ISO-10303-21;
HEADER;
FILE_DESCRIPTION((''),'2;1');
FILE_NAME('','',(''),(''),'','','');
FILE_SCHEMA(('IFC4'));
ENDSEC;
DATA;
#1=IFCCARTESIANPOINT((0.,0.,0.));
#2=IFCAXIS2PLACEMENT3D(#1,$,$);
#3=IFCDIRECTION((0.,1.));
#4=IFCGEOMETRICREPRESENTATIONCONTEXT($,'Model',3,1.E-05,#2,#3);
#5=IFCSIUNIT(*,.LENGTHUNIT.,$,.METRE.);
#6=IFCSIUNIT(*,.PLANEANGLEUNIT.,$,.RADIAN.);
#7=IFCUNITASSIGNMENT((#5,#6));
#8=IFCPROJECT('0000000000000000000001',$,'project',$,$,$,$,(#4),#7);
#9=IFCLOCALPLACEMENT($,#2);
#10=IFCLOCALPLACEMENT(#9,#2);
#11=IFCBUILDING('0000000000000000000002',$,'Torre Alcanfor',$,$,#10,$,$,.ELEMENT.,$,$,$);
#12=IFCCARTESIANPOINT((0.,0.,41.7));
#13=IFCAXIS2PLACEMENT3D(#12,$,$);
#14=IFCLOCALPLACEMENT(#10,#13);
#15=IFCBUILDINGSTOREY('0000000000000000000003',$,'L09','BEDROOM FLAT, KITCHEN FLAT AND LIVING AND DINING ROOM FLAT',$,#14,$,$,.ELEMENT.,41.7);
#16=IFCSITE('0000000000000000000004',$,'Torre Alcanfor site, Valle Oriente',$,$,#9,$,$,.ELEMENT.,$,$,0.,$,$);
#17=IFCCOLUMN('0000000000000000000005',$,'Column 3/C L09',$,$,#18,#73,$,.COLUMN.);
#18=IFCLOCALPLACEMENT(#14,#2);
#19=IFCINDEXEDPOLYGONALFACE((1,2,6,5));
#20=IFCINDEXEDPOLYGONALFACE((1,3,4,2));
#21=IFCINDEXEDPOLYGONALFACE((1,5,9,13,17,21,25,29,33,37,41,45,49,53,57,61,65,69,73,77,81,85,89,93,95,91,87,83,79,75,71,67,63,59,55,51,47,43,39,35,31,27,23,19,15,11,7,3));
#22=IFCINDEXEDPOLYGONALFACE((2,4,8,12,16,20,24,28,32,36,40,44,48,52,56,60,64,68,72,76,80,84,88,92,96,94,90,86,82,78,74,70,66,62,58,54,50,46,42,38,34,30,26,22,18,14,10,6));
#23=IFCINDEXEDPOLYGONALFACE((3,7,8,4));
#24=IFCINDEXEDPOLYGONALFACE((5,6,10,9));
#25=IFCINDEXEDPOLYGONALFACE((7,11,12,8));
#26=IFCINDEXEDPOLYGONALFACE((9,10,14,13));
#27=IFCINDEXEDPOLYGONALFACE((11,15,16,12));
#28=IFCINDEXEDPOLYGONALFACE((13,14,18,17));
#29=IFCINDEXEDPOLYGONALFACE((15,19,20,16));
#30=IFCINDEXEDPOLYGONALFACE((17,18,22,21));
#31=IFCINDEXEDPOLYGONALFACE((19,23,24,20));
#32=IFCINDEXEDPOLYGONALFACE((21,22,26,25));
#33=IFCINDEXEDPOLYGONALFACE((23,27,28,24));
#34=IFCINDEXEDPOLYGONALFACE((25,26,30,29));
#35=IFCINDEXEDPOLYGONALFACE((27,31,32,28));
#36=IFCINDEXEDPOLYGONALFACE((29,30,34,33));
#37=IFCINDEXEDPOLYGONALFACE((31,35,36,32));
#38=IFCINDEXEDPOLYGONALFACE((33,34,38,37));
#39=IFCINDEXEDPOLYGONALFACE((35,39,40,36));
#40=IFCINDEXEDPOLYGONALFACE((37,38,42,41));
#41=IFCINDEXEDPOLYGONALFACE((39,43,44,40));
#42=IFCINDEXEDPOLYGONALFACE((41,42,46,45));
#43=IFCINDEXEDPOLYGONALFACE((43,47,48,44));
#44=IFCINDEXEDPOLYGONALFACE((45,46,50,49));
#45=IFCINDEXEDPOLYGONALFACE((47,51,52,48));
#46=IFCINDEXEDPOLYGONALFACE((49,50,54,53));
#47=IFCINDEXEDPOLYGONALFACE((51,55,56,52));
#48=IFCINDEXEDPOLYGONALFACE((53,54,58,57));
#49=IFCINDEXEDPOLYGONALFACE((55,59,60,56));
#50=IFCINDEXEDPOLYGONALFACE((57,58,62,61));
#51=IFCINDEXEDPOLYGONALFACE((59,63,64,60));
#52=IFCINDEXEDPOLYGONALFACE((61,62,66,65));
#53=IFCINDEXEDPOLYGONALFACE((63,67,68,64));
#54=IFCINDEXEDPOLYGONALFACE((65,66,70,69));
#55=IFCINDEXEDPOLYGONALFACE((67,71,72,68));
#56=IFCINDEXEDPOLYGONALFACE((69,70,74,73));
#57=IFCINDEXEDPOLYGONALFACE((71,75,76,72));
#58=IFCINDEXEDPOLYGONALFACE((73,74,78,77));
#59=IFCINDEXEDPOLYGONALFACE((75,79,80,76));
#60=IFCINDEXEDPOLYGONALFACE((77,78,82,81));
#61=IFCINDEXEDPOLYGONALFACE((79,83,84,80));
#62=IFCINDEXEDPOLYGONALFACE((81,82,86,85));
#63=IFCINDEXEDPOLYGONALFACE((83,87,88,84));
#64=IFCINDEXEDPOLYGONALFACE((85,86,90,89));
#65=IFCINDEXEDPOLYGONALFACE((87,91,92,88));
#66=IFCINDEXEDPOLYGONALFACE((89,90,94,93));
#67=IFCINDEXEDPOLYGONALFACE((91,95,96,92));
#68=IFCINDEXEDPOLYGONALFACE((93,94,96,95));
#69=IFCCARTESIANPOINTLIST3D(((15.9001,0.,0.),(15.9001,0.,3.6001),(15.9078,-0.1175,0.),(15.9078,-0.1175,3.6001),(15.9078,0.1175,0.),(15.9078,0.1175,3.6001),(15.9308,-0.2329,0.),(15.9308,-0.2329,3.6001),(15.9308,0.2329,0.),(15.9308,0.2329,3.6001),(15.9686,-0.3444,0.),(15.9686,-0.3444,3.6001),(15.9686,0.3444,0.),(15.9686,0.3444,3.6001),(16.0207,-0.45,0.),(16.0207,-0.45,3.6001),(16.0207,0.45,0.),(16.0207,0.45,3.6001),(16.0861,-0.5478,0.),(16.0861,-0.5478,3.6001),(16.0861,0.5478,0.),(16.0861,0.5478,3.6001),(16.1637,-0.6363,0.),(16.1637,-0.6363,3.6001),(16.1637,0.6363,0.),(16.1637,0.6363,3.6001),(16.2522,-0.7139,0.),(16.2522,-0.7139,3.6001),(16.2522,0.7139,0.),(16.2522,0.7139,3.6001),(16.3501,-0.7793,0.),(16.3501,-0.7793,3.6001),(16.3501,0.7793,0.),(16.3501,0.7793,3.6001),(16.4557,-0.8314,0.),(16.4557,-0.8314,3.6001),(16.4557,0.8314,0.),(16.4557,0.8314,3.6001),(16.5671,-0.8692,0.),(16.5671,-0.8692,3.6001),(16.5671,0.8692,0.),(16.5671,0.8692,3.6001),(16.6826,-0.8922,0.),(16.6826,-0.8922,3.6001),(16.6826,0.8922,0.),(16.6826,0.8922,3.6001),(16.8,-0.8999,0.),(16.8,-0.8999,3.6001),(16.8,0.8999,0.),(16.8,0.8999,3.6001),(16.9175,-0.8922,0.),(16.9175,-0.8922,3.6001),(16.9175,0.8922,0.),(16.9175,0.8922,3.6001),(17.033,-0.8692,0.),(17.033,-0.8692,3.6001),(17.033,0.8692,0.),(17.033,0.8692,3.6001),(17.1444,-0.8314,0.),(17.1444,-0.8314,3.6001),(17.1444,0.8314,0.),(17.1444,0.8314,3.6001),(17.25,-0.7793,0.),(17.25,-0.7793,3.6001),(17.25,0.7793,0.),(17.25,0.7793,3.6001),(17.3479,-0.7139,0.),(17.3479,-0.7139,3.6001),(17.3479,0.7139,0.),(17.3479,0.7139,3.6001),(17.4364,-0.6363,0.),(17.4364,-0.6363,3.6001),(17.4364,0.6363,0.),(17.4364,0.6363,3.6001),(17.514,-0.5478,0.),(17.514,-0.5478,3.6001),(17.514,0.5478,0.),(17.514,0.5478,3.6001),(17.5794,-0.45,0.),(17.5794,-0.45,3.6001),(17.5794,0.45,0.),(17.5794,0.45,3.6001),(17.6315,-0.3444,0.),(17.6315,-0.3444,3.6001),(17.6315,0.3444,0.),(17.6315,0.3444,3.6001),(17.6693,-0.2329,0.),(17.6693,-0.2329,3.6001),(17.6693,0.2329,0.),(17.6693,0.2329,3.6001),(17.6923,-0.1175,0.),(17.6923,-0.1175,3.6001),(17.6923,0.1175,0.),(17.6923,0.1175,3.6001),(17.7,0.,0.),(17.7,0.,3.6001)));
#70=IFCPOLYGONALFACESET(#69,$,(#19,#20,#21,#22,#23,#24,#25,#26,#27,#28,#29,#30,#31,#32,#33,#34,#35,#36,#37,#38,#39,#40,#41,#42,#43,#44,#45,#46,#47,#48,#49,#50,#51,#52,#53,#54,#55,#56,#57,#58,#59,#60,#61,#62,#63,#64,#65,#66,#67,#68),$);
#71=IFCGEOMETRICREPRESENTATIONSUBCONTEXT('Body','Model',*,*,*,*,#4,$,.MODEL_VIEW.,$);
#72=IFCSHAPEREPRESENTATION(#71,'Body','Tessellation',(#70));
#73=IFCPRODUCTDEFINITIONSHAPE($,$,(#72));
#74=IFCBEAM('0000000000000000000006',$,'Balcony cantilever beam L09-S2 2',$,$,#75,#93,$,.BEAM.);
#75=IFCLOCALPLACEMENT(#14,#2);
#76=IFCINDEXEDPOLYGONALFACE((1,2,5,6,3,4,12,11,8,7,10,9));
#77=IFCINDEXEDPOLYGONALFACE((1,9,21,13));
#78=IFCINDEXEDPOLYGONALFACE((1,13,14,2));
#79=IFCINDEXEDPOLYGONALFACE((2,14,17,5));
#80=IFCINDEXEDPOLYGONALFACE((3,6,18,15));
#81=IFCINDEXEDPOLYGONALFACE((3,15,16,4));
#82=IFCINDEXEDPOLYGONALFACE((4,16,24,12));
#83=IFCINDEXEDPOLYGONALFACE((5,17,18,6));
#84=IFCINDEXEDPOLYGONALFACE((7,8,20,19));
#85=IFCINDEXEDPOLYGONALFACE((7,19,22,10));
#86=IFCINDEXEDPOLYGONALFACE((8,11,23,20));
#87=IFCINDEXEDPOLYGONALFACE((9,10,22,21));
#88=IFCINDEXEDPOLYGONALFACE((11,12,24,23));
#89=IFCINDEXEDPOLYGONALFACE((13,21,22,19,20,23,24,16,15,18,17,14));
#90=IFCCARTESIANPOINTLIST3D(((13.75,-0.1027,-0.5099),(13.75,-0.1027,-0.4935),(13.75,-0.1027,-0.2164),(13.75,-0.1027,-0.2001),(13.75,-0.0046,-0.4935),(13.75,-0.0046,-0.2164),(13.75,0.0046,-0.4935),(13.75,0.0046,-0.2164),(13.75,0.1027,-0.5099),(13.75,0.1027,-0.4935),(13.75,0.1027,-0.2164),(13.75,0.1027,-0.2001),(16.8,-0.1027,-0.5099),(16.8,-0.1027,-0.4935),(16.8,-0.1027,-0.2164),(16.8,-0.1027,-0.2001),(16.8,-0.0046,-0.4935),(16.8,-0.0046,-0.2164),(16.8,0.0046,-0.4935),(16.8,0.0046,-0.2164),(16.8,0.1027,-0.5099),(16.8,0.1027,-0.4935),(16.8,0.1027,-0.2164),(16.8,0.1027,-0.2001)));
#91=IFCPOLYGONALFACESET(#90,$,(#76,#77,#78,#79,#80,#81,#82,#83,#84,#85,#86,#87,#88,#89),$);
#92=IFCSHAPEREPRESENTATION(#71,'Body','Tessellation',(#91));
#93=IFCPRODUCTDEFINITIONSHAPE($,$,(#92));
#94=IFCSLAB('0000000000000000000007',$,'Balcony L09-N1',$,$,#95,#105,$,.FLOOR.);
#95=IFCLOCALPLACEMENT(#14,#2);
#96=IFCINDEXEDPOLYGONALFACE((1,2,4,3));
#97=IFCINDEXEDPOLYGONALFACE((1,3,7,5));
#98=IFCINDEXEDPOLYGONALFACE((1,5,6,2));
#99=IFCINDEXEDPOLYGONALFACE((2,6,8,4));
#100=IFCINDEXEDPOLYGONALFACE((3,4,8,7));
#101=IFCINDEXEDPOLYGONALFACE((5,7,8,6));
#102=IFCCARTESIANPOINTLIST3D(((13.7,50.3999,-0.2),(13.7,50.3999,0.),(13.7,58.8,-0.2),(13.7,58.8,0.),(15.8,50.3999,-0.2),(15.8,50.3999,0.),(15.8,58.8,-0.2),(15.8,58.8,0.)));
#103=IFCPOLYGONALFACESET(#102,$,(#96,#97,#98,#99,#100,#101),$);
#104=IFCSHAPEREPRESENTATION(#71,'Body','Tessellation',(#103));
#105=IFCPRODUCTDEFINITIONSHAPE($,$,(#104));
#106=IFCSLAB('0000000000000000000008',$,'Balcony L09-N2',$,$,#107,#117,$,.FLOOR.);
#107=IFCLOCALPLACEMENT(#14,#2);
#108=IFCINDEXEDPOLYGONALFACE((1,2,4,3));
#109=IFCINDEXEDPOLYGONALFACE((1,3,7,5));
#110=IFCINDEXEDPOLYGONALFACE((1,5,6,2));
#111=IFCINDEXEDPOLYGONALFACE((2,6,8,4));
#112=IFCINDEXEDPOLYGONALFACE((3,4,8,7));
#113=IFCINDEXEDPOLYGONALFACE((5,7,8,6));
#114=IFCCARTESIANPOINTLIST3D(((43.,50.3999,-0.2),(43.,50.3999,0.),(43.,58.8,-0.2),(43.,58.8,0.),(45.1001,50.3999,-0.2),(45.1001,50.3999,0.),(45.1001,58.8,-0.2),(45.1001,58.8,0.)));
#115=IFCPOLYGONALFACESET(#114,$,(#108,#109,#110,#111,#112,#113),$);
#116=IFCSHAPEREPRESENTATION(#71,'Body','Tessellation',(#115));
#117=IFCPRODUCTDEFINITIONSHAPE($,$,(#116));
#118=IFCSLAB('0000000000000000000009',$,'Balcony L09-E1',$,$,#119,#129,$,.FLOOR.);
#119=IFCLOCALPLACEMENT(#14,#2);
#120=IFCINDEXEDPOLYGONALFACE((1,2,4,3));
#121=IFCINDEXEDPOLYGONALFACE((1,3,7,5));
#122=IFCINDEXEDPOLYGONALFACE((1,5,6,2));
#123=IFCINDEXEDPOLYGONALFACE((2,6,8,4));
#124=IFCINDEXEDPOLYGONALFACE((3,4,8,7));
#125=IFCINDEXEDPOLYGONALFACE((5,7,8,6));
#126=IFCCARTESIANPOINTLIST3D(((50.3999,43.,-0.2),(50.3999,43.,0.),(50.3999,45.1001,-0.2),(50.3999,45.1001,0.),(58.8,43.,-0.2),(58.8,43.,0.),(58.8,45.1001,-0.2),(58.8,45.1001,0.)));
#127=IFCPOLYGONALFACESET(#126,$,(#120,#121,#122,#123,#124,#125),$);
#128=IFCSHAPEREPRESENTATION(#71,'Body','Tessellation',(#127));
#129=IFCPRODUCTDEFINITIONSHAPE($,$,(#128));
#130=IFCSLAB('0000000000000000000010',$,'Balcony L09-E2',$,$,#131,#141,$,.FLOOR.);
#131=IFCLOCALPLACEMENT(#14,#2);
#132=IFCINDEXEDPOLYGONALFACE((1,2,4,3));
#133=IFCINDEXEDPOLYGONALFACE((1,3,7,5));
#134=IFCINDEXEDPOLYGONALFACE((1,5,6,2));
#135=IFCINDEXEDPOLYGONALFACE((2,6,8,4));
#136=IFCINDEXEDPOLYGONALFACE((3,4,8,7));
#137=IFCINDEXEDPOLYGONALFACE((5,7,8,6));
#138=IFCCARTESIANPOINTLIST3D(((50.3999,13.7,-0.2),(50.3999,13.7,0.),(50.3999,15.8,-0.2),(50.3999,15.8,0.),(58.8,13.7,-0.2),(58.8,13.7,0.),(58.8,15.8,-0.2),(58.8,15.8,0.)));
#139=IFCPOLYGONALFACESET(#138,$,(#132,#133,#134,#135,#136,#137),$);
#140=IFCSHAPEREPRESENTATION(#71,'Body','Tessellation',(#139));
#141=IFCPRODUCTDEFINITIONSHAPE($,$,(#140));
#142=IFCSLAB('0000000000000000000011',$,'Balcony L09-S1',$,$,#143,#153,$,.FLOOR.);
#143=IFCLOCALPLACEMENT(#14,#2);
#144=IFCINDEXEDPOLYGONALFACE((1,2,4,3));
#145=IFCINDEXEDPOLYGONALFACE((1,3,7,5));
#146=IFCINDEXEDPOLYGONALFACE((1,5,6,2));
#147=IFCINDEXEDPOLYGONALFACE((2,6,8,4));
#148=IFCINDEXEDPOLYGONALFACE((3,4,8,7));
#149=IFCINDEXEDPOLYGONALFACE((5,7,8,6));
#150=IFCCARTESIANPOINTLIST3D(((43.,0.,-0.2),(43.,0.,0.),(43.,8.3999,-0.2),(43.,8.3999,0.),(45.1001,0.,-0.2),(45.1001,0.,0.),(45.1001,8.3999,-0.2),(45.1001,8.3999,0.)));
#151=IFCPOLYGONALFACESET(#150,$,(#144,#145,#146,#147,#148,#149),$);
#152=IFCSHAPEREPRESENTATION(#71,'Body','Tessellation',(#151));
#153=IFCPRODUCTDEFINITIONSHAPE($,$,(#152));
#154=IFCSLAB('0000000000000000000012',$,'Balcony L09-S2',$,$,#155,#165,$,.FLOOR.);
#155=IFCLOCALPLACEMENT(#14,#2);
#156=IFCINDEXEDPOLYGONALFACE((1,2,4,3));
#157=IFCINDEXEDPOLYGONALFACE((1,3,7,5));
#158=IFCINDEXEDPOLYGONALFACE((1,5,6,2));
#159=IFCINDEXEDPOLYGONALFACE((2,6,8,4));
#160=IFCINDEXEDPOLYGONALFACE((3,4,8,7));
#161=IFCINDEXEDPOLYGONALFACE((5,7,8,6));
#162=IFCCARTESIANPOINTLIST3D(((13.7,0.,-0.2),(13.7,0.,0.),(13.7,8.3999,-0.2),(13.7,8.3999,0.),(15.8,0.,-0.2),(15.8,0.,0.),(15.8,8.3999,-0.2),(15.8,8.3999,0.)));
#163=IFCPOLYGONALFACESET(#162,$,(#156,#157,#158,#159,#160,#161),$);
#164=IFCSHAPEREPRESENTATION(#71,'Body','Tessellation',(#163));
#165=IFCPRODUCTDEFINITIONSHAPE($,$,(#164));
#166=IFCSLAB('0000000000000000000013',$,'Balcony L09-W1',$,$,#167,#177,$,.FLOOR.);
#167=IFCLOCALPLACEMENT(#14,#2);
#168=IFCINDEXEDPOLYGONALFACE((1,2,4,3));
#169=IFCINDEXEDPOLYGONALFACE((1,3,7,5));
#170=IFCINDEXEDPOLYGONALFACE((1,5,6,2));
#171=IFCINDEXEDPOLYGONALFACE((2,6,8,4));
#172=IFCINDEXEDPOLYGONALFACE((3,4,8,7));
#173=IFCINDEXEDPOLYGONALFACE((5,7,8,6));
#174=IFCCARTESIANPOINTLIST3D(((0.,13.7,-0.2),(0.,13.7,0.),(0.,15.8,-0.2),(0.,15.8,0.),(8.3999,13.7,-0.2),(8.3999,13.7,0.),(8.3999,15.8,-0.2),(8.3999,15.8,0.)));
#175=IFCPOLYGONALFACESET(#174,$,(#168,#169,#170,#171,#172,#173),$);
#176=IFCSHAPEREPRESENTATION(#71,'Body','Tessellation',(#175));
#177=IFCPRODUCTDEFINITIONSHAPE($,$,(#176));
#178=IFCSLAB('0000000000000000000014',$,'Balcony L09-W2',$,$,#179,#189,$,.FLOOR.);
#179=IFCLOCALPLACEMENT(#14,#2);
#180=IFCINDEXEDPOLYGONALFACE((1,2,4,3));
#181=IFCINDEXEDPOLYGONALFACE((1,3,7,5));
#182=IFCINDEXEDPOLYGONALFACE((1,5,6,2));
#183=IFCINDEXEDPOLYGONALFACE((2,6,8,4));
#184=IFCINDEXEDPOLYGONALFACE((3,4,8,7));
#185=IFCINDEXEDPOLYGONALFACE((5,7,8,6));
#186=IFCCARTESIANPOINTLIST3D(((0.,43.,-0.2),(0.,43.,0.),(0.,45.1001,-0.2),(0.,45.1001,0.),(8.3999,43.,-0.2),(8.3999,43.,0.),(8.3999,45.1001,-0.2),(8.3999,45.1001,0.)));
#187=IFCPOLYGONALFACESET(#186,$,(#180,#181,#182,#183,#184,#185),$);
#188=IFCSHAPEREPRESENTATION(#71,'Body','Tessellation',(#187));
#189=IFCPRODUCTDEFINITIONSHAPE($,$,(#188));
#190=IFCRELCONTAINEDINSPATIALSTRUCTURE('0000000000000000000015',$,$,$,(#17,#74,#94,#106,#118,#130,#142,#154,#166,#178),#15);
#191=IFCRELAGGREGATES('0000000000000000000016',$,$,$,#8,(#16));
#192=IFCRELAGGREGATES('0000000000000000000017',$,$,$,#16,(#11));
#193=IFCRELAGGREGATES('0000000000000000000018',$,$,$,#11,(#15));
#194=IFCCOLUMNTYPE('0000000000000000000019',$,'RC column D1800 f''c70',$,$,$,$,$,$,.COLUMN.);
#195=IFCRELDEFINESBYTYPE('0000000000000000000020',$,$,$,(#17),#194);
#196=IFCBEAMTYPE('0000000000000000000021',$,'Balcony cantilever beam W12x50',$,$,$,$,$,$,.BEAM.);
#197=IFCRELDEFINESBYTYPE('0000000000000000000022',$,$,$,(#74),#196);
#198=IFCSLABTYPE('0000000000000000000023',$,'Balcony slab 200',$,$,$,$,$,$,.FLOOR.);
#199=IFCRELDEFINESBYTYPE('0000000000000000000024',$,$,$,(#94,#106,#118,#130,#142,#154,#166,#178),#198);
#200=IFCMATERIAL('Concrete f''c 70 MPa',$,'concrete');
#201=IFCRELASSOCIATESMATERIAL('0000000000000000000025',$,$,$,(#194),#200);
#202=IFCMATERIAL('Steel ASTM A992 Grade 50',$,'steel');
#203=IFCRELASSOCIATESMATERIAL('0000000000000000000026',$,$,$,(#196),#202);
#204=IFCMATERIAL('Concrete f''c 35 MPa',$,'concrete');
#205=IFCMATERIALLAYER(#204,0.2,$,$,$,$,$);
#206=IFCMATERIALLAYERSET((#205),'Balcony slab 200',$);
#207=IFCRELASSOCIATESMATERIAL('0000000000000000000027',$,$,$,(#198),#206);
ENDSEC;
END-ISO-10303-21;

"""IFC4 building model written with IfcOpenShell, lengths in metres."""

from ifc_helpers import new_model, si_unit, direction, frame, origin, origin_2d, place, context, subcontext, project, spatial, polyline, circle, i_section, outline, extrude, material, layer, layer_set, material_profile, profile_set, type_object, element, save


model = new_model("IFC4")

# Units and contexts
model_context = context("Model", 3, precision=1e-05, world=origin(), true_north=direction((0.0, 1.0)))
body_context = subcontext(model_context, "Body", "Model", "MODEL_VIEW")
ifc_project = project(units=[si_unit("LENGTHUNIT", "METRE"), si_unit("PLANEANGLEUNIT", "RADIAN")], contexts=[model_context])

# Site, building, storey
site_placement = place(None, origin())
site = spatial("IfcSite", under=ifc_project, at=site_placement, Name="Torre Alcanfor site, Valle Oriente", CompositionType="ELEMENT", RefElevation=0.0)
building_placement = place(site_placement, origin())
building = spatial("IfcBuilding", under=site, at=building_placement, Name="Torre Alcanfor", CompositionType="ELEMENT")
storey_placement = place(building_placement, frame((0.0, 0.0, 41.7)))
storey = spatial("IfcBuildingStorey", under=building, at=storey_placement, Name="L09", Description="BEDROOM FLAT, KITCHEN FLAT AND LIVING AND DINING ROOM FLAT", CompositionType="ELEMENT", Elevation=41.7)

# Column
ifc_material_1 = material(Name="Concrete f'c 70 MPa", Category="concrete")
ifc_material_profile_1 = material_profile(ifc_material_1, circle(Radius=0.8999, at=origin_2d()), Name="D1800")
ifc_profile_set_1 = profile_set([ifc_material_profile_1], Name="Concrete f'c 70 MPa")
column_type = type_object("IfcColumnType", Name="RC column D1800 f'c70", PredefinedType="COLUMN", material=ifc_profile_set_1)
column_placement = place(storey_placement, frame((16.8, 0.0, 0.0), z_axis=(0.0, 0.0, 1.0), x_axis=(1.0, 0.0, 0.0)))
element("IfcColumn", 1, at=column_placement, inside=storey, type_object=column_type, Name="Column 3/C L09", PredefinedType="COLUMN", context=body_context, shape_type="SweptSolid", body=[
    extrude(circle(Radius=0.8999, at=origin_2d()), origin(), (0.0, 0.0, 1.0), 3.6001),
])

# Beam
ifc_material_2 = material(Name="Steel ASTM A992 Grade 50", Category="steel")
ifc_material_profile_2 = material_profile(ifc_material_2, i_section(OverallWidth=0.2053, OverallDepth=0.3098, WebThickness=0.0093, FlangeThickness=0.0164, at=origin_2d()), Name="W12x50")
ifc_profile_set_2 = profile_set([ifc_material_profile_2], Name="Steel ASTM A992 Grade 50")
beam_type = type_object("IfcBeamType", Name="Balcony cantilever beam W12x50", PredefinedType="BEAM", material=ifc_profile_set_2)
beam_placement = place(storey_placement, frame((16.8, 0.0, -0.355), z_axis=(-1.0, 0.0, 0.0), x_axis=(0.0, -1.0, 0.0)))
element("IfcBeam", 2, at=beam_placement, inside=storey, type_object=beam_type, Name="Balcony cantilever beam L09-S2 2", PredefinedType="BEAM", context=body_context, shape_type="SweptSolid", body=[
    extrude(i_section(OverallWidth=0.2053, OverallDepth=0.3098, WebThickness=0.0093, FlangeThickness=0.0164, at=origin_2d()), origin(), (0.0, 0.0, 1.0), 3.05),
])

# Slabs
ifc_material_3 = material(Name="Concrete f'c 35 MPa", Category="concrete")
ifc_layer_1 = layer(ifc_material_3, 0.2)
ifc_layer_set_1 = layer_set([ifc_layer_1], Name="Balcony slab 200")
slab_type_1 = type_object("IfcSlabType", Name="Balcony slab 200", PredefinedType="FLOOR", material=ifc_layer_set_1)
slab_1_placement = place(storey_placement, frame((0.0, 0.0, -0.2)))
element("IfcSlab", 3, at=slab_1_placement, inside=storey, type_object=slab_type_1, Name="Balcony L09-N1", PredefinedType="FLOOR", context=body_context, shape_type="SweptSolid", body=[
    extrude(outline(polyline([(15.8, 50.3999), (15.8, 58.8), (13.7, 58.8), (13.7, 50.3999), (15.8, 50.3999)])), origin(), (0.0, 0.0, 1.0), 0.2),
])
slab_2_placement = place(storey_placement, frame((0.0, 0.0, -0.2)))
element("IfcSlab", 4, at=slab_2_placement, inside=storey, type_object=slab_type_1, Name="Balcony L09-N2", PredefinedType="FLOOR", context=body_context, shape_type="SweptSolid", body=[
    extrude(outline(polyline([(45.1001, 50.3999), (45.1001, 58.8), (43.0, 58.8), (43.0, 50.3999), (45.1001, 50.3999)])), origin(), (0.0, 0.0, 1.0), 0.2),
])
slab_3_placement = place(storey_placement, frame((0.0, 0.0, -0.2)))
element("IfcSlab", 5, at=slab_3_placement, inside=storey, type_object=slab_type_1, Name="Balcony L09-E1", PredefinedType="FLOOR", context=body_context, shape_type="SweptSolid", body=[
    extrude(outline(polyline([(50.3999, 43.0), (58.8, 43.0), (58.8, 45.1001), (50.3999, 45.1001), (50.3999, 43.0)])), origin(), (0.0, 0.0, 1.0), 0.2),
])
slab_4_placement = place(storey_placement, frame((0.0, 0.0, -0.2)))
element("IfcSlab", 6, at=slab_4_placement, inside=storey, type_object=slab_type_1, Name="Balcony L09-E2", PredefinedType="FLOOR", context=body_context, shape_type="SweptSolid", body=[
    extrude(outline(polyline([(50.3999, 13.7), (58.8, 13.7), (58.8, 15.8), (50.3999, 15.8), (50.3999, 13.7)])), origin(), (0.0, 0.0, 1.0), 0.2),
])
slab_5_placement = place(storey_placement, frame((0.0, 0.0, -0.2)))
element("IfcSlab", 7, at=slab_5_placement, inside=storey, type_object=slab_type_1, Name="Balcony L09-S1", PredefinedType="FLOOR", context=body_context, shape_type="SweptSolid", body=[
    extrude(outline(polyline([(43.0, 8.3999), (43.0, 0.0), (45.1001, 0.0), (45.1001, 8.3999), (43.0, 8.3999)])), origin(), (0.0, 0.0, 1.0), 0.2),
])
slab_6_placement = place(storey_placement, frame((0.0, 0.0, -0.2)))
element("IfcSlab", 8, at=slab_6_placement, inside=storey, type_object=slab_type_1, Name="Balcony L09-S2", PredefinedType="FLOOR", context=body_context, shape_type="SweptSolid", body=[
    extrude(outline(polyline([(13.7, 8.3999), (13.7, 0.0), (15.8, 0.0), (15.8, 8.3999), (13.7, 8.3999)])), origin(), (0.0, 0.0, 1.0), 0.2),
])
slab_7_placement = place(storey_placement, frame((0.0, 0.0, -0.2)))
element("IfcSlab", 9, at=slab_7_placement, inside=storey, type_object=slab_type_1, Name="Balcony L09-W1", PredefinedType="FLOOR", context=body_context, shape_type="SweptSolid", body=[
    extrude(outline(polyline([(8.3999, 15.8), (0.0, 15.8), (0.0, 13.7), (8.3999, 13.7), (8.3999, 15.8)])), origin(), (0.0, 0.0, 1.0), 0.2),
])
slab_8_placement = place(storey_placement, frame((0.0, 0.0, -0.2)))
element("IfcSlab", 10, at=slab_8_placement, inside=storey, type_object=slab_type_1, Name="Balcony L09-W2", PredefinedType="FLOOR", context=body_context, shape_type="SweptSolid", body=[
    extrude(outline(polyline([(8.3999, 45.1001), (0.0, 45.1001), (0.0, 43.0), (8.3999, 43.0), (8.3999, 45.1001)])), origin(), (0.0, 0.0, 1.0), 0.2),
])

save(model, "model.ifc")
